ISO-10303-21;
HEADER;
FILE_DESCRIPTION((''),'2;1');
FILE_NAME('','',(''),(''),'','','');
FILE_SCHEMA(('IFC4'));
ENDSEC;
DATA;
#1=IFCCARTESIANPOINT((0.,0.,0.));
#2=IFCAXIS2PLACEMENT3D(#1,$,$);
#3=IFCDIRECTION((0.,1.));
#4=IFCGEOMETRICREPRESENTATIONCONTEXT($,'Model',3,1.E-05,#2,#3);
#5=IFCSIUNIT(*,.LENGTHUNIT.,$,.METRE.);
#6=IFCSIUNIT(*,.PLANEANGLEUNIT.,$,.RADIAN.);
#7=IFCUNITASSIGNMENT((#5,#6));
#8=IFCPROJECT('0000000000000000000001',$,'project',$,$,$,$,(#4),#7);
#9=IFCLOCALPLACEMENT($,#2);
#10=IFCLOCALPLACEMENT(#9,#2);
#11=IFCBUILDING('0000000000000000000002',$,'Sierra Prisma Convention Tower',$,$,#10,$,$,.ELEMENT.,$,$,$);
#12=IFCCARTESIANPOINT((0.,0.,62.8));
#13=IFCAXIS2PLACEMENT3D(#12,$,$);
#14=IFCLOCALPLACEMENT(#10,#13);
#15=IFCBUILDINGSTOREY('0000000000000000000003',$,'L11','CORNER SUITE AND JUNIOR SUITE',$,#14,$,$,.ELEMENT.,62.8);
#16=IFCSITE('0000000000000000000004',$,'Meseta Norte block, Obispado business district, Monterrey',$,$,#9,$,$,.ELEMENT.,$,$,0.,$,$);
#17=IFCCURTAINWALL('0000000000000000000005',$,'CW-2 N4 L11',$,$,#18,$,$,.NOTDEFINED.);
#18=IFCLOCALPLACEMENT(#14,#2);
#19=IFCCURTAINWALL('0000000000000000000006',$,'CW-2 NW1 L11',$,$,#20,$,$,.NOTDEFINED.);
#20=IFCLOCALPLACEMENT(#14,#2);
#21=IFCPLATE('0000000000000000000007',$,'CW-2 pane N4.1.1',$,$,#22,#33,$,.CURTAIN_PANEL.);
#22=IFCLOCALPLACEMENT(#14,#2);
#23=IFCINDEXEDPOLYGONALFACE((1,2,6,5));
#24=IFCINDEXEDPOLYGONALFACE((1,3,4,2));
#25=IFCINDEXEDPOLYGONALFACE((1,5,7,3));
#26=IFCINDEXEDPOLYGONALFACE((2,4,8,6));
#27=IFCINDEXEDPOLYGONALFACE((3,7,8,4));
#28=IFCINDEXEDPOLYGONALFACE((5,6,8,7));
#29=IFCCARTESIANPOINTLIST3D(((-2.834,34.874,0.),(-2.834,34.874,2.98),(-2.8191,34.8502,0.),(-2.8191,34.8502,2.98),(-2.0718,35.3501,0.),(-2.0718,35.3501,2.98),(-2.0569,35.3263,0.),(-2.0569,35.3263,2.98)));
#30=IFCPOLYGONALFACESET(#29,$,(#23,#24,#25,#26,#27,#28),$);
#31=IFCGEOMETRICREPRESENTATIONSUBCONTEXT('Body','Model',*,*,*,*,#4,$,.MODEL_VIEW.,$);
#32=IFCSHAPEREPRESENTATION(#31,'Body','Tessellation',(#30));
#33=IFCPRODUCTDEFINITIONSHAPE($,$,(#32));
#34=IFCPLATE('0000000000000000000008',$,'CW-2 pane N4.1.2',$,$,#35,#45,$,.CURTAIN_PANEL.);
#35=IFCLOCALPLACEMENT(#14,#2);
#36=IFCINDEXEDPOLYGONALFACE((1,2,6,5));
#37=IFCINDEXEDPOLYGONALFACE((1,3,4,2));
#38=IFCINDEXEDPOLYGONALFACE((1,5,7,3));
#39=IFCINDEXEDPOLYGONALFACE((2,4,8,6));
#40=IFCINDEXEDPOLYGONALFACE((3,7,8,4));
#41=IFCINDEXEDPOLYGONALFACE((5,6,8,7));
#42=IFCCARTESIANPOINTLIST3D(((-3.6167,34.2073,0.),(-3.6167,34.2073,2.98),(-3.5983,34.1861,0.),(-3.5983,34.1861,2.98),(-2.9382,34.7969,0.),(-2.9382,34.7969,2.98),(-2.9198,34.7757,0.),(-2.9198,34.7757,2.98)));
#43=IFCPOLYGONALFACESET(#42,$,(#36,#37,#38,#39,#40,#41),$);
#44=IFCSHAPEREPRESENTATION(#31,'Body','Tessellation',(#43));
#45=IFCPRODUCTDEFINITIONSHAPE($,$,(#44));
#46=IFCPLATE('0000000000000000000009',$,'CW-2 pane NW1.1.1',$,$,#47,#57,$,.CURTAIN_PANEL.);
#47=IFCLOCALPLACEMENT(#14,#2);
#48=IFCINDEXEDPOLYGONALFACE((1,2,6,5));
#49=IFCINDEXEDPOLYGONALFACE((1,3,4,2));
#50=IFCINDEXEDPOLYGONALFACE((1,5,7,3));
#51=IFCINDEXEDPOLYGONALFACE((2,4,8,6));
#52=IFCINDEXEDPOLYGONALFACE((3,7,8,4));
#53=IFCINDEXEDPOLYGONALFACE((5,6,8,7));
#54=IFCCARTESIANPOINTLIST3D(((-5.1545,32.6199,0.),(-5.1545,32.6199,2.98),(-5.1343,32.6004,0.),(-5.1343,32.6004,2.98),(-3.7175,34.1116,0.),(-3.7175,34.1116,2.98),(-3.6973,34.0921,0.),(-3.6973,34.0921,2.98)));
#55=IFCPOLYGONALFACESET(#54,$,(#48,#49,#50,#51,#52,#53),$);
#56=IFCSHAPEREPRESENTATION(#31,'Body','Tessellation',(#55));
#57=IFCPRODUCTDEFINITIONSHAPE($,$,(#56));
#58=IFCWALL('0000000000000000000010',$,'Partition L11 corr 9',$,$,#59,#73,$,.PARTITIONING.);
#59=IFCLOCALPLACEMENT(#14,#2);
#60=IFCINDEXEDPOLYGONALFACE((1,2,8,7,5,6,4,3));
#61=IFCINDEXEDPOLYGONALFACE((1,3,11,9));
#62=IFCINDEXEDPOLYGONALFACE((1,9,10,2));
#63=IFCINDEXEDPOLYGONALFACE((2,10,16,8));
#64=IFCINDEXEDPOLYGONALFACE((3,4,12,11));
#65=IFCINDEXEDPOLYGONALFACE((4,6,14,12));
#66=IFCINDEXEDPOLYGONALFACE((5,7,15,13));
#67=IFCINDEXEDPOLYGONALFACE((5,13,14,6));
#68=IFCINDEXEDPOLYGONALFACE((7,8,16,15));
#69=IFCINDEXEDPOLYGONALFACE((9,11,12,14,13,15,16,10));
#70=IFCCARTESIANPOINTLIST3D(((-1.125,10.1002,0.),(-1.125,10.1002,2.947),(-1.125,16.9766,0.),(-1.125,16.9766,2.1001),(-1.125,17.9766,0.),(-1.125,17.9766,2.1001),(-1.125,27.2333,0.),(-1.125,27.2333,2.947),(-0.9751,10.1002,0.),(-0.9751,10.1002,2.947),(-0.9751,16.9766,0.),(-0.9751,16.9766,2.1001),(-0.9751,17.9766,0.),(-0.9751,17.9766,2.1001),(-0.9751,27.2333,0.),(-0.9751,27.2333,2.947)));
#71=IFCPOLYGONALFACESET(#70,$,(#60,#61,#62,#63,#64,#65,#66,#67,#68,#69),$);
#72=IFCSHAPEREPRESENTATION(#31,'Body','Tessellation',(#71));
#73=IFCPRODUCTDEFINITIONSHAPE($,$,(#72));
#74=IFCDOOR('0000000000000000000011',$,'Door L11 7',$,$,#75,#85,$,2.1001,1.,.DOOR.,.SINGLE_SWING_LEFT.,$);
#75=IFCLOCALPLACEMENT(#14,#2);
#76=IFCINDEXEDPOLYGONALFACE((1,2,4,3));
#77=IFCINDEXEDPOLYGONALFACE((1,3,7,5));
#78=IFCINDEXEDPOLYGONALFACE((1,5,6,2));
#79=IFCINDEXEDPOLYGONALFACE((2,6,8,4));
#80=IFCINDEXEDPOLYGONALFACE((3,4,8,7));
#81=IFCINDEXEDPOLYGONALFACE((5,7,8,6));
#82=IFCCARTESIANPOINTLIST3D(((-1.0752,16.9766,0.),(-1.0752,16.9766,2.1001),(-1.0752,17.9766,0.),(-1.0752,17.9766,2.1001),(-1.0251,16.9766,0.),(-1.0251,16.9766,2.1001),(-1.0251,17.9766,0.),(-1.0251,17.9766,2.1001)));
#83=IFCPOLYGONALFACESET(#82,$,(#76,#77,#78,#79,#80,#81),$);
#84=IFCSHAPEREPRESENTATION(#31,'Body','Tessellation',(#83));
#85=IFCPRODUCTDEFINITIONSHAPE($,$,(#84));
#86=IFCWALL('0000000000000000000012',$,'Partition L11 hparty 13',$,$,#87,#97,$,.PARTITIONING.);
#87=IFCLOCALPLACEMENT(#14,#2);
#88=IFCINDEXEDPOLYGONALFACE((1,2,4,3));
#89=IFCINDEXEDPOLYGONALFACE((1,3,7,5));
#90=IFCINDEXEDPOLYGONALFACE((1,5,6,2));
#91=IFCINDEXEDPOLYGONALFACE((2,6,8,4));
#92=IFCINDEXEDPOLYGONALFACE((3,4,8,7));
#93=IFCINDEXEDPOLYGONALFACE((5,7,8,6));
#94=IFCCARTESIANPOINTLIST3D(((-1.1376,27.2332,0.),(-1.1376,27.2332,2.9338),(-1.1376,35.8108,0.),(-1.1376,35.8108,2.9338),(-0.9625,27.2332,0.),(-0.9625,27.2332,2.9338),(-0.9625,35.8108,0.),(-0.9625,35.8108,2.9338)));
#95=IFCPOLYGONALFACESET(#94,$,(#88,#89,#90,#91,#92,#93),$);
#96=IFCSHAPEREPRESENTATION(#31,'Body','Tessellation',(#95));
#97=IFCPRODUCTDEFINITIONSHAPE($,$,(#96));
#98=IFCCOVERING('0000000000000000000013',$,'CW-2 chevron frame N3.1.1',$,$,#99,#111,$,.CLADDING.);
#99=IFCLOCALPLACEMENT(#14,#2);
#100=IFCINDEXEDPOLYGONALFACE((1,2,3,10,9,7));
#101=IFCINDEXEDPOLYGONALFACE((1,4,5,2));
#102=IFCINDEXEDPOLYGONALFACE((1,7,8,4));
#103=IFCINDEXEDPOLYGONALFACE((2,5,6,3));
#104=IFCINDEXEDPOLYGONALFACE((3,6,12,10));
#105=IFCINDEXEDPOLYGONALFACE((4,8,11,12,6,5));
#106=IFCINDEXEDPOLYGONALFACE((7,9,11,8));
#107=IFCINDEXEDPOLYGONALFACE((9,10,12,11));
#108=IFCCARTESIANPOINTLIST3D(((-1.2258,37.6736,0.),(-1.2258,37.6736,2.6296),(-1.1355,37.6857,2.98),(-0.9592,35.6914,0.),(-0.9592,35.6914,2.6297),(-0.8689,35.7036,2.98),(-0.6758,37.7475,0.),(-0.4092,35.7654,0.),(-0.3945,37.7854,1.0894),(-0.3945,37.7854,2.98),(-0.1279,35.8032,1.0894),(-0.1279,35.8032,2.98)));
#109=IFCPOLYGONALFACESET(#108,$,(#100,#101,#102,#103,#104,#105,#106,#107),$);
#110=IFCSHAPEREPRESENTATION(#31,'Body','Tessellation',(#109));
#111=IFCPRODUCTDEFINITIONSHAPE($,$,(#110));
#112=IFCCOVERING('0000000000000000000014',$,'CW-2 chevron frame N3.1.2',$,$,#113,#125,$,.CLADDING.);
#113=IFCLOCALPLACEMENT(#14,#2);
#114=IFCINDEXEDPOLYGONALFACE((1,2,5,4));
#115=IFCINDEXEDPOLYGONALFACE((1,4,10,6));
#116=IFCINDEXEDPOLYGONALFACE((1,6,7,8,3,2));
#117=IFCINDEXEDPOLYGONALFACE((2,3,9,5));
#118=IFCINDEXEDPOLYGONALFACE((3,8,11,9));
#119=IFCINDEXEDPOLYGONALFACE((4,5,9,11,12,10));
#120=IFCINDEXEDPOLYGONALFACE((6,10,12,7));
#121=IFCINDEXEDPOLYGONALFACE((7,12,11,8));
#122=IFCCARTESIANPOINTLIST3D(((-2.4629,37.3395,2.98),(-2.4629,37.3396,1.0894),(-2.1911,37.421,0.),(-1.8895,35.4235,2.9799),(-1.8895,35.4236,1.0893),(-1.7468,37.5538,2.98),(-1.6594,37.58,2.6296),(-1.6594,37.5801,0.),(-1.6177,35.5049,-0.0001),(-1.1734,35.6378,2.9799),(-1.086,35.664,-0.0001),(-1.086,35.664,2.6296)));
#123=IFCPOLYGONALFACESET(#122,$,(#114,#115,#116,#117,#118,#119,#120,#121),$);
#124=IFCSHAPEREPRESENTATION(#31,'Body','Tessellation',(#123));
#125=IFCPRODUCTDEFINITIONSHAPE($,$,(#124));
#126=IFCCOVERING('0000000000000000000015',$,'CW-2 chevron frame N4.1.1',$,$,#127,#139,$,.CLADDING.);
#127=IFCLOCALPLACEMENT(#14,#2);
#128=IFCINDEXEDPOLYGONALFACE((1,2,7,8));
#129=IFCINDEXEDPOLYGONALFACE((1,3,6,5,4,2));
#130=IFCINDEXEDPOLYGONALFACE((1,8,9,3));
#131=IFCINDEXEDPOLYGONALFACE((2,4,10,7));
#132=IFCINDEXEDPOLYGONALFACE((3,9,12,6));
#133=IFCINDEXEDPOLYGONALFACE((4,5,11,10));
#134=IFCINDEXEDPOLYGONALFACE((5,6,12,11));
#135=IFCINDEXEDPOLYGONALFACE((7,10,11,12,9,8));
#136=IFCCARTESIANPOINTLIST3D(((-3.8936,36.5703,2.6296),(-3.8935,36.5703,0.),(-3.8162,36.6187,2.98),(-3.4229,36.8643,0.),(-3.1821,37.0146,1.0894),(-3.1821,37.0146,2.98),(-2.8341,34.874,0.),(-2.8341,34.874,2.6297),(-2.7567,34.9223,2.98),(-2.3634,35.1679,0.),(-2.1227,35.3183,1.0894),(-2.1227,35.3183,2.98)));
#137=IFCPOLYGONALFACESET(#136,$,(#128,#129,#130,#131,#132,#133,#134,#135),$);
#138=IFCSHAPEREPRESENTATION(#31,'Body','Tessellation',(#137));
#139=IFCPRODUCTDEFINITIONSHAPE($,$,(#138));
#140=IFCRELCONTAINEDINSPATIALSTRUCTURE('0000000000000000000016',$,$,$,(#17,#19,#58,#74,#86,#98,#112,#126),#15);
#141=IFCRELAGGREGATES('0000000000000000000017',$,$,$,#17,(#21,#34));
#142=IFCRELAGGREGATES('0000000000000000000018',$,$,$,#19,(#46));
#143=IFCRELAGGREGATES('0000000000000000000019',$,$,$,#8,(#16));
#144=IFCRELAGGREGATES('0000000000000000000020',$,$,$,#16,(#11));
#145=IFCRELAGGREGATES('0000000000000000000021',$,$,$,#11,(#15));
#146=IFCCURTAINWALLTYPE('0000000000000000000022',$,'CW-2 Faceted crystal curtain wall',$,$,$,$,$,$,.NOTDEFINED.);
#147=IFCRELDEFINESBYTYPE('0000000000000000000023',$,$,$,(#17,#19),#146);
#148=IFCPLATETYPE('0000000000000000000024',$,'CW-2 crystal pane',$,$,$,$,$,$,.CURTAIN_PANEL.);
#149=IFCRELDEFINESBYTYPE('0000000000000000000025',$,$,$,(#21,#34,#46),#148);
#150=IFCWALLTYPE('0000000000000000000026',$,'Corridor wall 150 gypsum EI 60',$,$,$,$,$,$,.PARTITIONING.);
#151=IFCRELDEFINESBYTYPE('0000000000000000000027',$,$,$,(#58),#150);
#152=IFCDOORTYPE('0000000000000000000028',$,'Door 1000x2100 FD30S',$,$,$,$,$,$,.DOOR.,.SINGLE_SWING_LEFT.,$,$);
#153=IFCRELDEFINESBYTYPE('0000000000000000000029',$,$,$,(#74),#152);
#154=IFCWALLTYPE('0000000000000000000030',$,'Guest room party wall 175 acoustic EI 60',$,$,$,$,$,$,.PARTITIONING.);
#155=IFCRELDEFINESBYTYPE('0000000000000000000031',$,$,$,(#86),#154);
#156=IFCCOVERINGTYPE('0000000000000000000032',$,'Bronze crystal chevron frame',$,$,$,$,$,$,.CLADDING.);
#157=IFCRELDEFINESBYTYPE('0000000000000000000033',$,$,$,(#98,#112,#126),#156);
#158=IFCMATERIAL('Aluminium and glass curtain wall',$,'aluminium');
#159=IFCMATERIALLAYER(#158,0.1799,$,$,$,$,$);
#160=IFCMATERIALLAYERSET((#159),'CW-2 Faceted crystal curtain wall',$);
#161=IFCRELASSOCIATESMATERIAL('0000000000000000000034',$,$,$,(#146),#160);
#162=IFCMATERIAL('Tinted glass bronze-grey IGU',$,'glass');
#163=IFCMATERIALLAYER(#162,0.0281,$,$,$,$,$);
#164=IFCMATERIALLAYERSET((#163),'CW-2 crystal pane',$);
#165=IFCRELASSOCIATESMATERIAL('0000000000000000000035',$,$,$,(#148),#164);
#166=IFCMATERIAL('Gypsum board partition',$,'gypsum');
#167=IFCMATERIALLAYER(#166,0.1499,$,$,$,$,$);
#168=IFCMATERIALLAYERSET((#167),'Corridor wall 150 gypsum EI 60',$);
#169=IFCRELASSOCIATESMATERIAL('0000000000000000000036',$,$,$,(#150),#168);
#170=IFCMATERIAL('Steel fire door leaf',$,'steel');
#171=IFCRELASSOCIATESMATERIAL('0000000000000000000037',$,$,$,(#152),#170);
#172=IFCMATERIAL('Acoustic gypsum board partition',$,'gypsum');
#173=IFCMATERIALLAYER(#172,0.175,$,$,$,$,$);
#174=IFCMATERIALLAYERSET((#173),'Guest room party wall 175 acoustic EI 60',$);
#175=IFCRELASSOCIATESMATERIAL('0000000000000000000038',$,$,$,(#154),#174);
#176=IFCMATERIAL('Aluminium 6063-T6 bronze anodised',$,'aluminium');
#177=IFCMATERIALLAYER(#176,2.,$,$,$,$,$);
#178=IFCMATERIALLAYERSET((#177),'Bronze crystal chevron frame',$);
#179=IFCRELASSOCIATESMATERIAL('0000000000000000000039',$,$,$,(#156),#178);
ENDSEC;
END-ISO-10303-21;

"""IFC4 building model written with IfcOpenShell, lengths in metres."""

from ifc_helpers import new_model, si_unit, direction, frame, frame_2d, origin, place, context, subcontext, project, spatial, polyline, rectangle, outline, extrude, material, layer, layer_set, type_object, element, fill, aggregate, save


model = new_model("IFC4")

# Units and contexts
model_context = context("Model", 3, precision=1e-05, world=origin(), true_north=direction((0.0, 1.0)))
body_context = subcontext(model_context, "Body", "Model", "MODEL_VIEW")
ifc_project = project(units=[si_unit("LENGTHUNIT", "METRE"), si_unit("PLANEANGLEUNIT", "RADIAN")], contexts=[model_context])

# Site, building, storey
site_placement = place(None, origin())
site = spatial("IfcSite", under=ifc_project, at=site_placement, Name="Meseta Norte block, Obispado business district, Monterrey", CompositionType="ELEMENT", RefElevation=0.0)
building_placement = place(site_placement, origin())
building = spatial("IfcBuilding", under=site, at=building_placement, Name="Sierra Prisma Convention Tower", CompositionType="ELEMENT")
storey_placement = place(building_placement, frame((0.0, 0.0, 62.8)))
storey = spatial("IfcBuildingStorey", under=building, at=storey_placement, Name="L11", Description="CORNER SUITE AND JUNIOR SUITE", CompositionType="ELEMENT", Elevation=62.8)

# Curtain wall
ifc_material_1 = material(Name="Aluminium and glass curtain wall", Category="aluminium")
ifc_layer_1 = layer(ifc_material_1, 0.1799)
ifc_layer_set_1 = layer_set([ifc_layer_1], Name="CW-2 Faceted crystal curtain wall")
curtain_wall_type = type_object("IfcCurtainWallType", Name="CW-2 Faceted crystal curtain wall", PredefinedType="NOTDEFINED", material=ifc_layer_set_1)
curtain_wall_1_placement = place(storey_placement, origin())
curtain_wall_1 = element("IfcCurtainWall", 1, at=curtain_wall_1_placement, inside=storey, type_object=curtain_wall_type, Name="CW-2 N4 L11", PredefinedType="NOTDEFINED")

# Curtain wall
curtain_wall_2_placement = place(storey_placement, origin())
curtain_wall_2 = element("IfcCurtainWall", 2, at=curtain_wall_2_placement, inside=storey, type_object=curtain_wall_type, Name="CW-2 NW1 L11", PredefinedType="NOTDEFINED")

# Plates
ifc_material_2 = material(Name="Tinted glass bronze-grey IGU", Category="glass")
ifc_layer_2 = layer(ifc_material_2, 0.0281)
ifc_layer_set_2 = layer_set([ifc_layer_2], Name="CW-2 crystal pane")
plate_type = type_object("IfcPlateType", Name="CW-2 crystal pane", PredefinedType="CURTAIN_PANEL", material=ifc_layer_set_2)
plate_1_placement = place(storey_placement, frame((-2.0718, 35.3501, 0.0), z_axis=(-0.529755, 0.848151, 0.0), x_axis=(-0.848151, -0.529755, 0.0)))
plate_1 = element("IfcPlate", 3, at=plate_1_placement, type_object=plate_type, Name="CW-2 pane N4.1.1", PredefinedType="CURTAIN_PANEL", context=body_context, shape_type="SweptSolid", body=[
    extrude(outline(polyline([(0.0, 0.0), (0.8987, 0.0), (0.8987, 2.98), (0.0, 2.98), (0.0, 0.0)])), origin(), (0.0, 0.0, -1.0), 0.0281),
])
plate_2_placement = place(storey_placement, frame((-3.6167, 34.2073, 0.0), z_axis=(-0.655943, 0.75481, 0.0), x_axis=(0.75481, 0.655943, 0.0)))
plate_2 = element("IfcPlate", 4, at=plate_2_placement, type_object=plate_type, Name="CW-2 pane N4.1.2", PredefinedType="CURTAIN_PANEL", context=body_context, shape_type="SweptSolid", body=[
    extrude(outline(polyline([(0.0, 0.0), (0.8989, 0.0), (0.8989, -2.98), (0.0, -2.98), (0.0, 0.0)])), origin(), (0.0, 0.0, -1.0), 0.0281),
])
aggregate(curtain_wall_1, [plate_1, plate_2])
plate_3_placement = place(storey_placement, frame((-3.7175, 34.1116, 0.0), z_axis=(-0.720185, 0.693782, 0.0), x_axis=(-0.693782, -0.720185, 0.0)))
plate_3 = element("IfcPlate", 5, at=plate_3_placement, type_object=plate_type, Name="CW-2 pane NW1.1.1", PredefinedType="CURTAIN_PANEL", context=body_context, shape_type="SweptSolid", body=[
    extrude(outline(polyline([(0.0, 0.0), (2.0713, 0.0), (2.0713, 2.98), (0.0, 2.98), (0.0, 0.0)])), origin(), (0.0, 0.0, -1.0), 0.0281),
])
aggregate(curtain_wall_2, [plate_3])

# Wall, opening, door
ifc_material_3 = material(Name="Gypsum board partition", Category="gypsum")
ifc_layer_3 = layer(ifc_material_3, 0.1499)
ifc_layer_set_3 = layer_set([ifc_layer_3], Name="Corridor wall 150 gypsum EI 60")
wall_type_1 = type_object("IfcWallType", Name="Corridor wall 150 gypsum EI 60", PredefinedType="PARTITIONING", material=ifc_layer_set_3)
wall_1_placement = place(storey_placement, frame((-1.05, 27.2332, 0.0), z_axis=(0.0, 0.0, 1.0), x_axis=(0.0, -1.0, 0.0)))
wall_1 = element("IfcWall", 6, at=wall_1_placement, inside=storey, type_object=wall_type_1, Name="Partition L11 corr 9", PredefinedType="PARTITIONING", context=body_context, shape_type="SweptSolid", body=[
    extrude(rectangle(XDim=17.1331, YDim=0.1499, at=frame_2d((8.5664, 0.0))), origin(), (0.0, 0.0, 1.0), 2.947),
])
opening_placement = place(wall_1_placement, frame((9.2566, 0.0, 0.0)))
opening = element("IfcOpeningElement", 7, at=opening_placement, cuts=wall_1, PredefinedType="OPENING", context=body_context, shape_type="SweptSolid", body=[
    extrude(rectangle(XDim=1.0, YDim=2.1001, at=frame_2d((0.5, 1.05))), frame((0.0, 0.075, 0.0), z_axis=(0.0, -1.0, 0.0), x_axis=(1.0, 0.0, 0.0)), (0.0, 0.0, 1.0), 0.1499),
])
ifc_material_4 = material(Name="Steel fire door leaf", Category="steel")
door_type = type_object("IfcDoorType", Name="Door 1000x2100 FD30S", OperationType="SINGLE_SWING_LEFT", PredefinedType="DOOR", material=ifc_material_4)
door_placement = place(opening_placement, origin())
door = element("IfcDoor", 8, at=door_placement, inside=storey, type_object=door_type, Name="Door L11 7", OperationType="SINGLE_SWING_LEFT", OverallHeight=2.1001, OverallWidth=1.0, PredefinedType="DOOR", context=body_context, shape_type="SweptSolid", body=[
    extrude(rectangle(XDim=1.0, YDim=2.1001, at=frame_2d((0.5, 1.05))), frame((0.0, 0.0249, 0.0), z_axis=(0.0, -1.0, 0.0), x_axis=(1.0, 0.0, 0.0)), (0.0, 0.0, 1.0), 0.05),
])
fill(opening, door)

# Wall
ifc_material_5 = material(Name="Acoustic gypsum board partition", Category="gypsum")
ifc_layer_4 = layer(ifc_material_5, 0.175)
ifc_layer_set_4 = layer_set([ifc_layer_4], Name="Guest room party wall 175 acoustic EI 60")
wall_type_2 = type_object("IfcWallType", Name="Guest room party wall 175 acoustic EI 60", PredefinedType="PARTITIONING", material=ifc_layer_set_4)
wall_2_placement = place(storey_placement, frame((-1.05, 35.8108, 0.0), z_axis=(0.0, 0.0, 1.0), x_axis=(0.0, -1.0, 0.0)))
element("IfcWall", 9, at=wall_2_placement, inside=storey, type_object=wall_type_2, Name="Partition L11 hparty 13", PredefinedType="PARTITIONING", context=body_context, shape_type="SweptSolid", body=[
    extrude(rectangle(XDim=8.5776, YDim=0.175, at=frame_2d((4.2888, 0.0))), origin(), (0.0, 0.0, 1.0), 2.9338),
])

# Coverings
ifc_material_6 = material(Name="Aluminium 6063-T6 bronze anodised", Category="aluminium")
ifc_layer_5 = layer(ifc_material_6, 2.0)
ifc_layer_set_5 = layer_set([ifc_layer_5], Name="Bronze crystal chevron frame")
covering_type = type_object("IfcCoveringType", Name="Bronze crystal chevron frame", PredefinedType="CLADDING", material=ifc_layer_set_5)
covering_1_placement = place(storey_placement, frame((-0.3945, 37.7854, 2.98), z_axis=(-0.133301, 0.991076, -0.000012), x_axis=(0.000002, -0.000012, -1.0)))
element("IfcCovering", 10, at=covering_1_placement, inside=storey, type_object=covering_type, Name="CW-2 chevron frame N3.1.1", PredefinedType="CLADDING", context=body_context, shape_type="SweptSolid", body=[
    extrude(outline(polyline([(0.0, 0.0), (1.8906, 0.0), (2.98, 0.2838), (2.98, 0.8388), (0.3503, 0.8388), (0.0, 0.7476), (0.0, 0.0)])), origin(), (0.0, 0.0, -1.0), 2.0),
])
covering_2_placement = place(storey_placement, frame((-1.6594, 37.5801, 0.0), z_axis=(-0.28669, 0.958023, 0.000031), x_axis=(-0.958023, -0.28669, 0.0)))
element("IfcCovering", 11, at=covering_2_placement, inside=storey, type_object=covering_type, Name="CW-2 chevron frame N3.1.2", PredefinedType="CLADDING", context=body_context, shape_type="SweptSolid", body=[
    extrude(outline(polyline([(0.0, 0.0), (0.555, 0.0), (0.8387, 1.0894), (0.8387, 2.98), (0.0912, 2.98), (0.0, 2.6296), (0.0, 0.0)])), origin(), (0.0, 0.0, -1.0), 2.0),
])
covering_3_placement = place(storey_placement, frame((-3.1821, 37.0146, 2.98), z_axis=(-0.52973, 0.848166, -0.000007), x_axis=(0.000004, -0.000006, -1.0)))
element("IfcCovering", 12, at=covering_3_placement, inside=storey, type_object=covering_type, Name="CW-2 chevron frame N4.1.1", PredefinedType="CLADDING", context=body_context, shape_type="SweptSolid", body=[
    extrude(outline(polyline([(0.0, 0.0), (1.8906, 0.0), (2.98, 0.2838), (2.98, 0.8388), (0.3503, 0.8388), (0.0, 0.7475), (0.0, 0.0)])), origin(), (0.0, 0.0, -1.0), 2.0),
])

save(model, "model.ifc")
